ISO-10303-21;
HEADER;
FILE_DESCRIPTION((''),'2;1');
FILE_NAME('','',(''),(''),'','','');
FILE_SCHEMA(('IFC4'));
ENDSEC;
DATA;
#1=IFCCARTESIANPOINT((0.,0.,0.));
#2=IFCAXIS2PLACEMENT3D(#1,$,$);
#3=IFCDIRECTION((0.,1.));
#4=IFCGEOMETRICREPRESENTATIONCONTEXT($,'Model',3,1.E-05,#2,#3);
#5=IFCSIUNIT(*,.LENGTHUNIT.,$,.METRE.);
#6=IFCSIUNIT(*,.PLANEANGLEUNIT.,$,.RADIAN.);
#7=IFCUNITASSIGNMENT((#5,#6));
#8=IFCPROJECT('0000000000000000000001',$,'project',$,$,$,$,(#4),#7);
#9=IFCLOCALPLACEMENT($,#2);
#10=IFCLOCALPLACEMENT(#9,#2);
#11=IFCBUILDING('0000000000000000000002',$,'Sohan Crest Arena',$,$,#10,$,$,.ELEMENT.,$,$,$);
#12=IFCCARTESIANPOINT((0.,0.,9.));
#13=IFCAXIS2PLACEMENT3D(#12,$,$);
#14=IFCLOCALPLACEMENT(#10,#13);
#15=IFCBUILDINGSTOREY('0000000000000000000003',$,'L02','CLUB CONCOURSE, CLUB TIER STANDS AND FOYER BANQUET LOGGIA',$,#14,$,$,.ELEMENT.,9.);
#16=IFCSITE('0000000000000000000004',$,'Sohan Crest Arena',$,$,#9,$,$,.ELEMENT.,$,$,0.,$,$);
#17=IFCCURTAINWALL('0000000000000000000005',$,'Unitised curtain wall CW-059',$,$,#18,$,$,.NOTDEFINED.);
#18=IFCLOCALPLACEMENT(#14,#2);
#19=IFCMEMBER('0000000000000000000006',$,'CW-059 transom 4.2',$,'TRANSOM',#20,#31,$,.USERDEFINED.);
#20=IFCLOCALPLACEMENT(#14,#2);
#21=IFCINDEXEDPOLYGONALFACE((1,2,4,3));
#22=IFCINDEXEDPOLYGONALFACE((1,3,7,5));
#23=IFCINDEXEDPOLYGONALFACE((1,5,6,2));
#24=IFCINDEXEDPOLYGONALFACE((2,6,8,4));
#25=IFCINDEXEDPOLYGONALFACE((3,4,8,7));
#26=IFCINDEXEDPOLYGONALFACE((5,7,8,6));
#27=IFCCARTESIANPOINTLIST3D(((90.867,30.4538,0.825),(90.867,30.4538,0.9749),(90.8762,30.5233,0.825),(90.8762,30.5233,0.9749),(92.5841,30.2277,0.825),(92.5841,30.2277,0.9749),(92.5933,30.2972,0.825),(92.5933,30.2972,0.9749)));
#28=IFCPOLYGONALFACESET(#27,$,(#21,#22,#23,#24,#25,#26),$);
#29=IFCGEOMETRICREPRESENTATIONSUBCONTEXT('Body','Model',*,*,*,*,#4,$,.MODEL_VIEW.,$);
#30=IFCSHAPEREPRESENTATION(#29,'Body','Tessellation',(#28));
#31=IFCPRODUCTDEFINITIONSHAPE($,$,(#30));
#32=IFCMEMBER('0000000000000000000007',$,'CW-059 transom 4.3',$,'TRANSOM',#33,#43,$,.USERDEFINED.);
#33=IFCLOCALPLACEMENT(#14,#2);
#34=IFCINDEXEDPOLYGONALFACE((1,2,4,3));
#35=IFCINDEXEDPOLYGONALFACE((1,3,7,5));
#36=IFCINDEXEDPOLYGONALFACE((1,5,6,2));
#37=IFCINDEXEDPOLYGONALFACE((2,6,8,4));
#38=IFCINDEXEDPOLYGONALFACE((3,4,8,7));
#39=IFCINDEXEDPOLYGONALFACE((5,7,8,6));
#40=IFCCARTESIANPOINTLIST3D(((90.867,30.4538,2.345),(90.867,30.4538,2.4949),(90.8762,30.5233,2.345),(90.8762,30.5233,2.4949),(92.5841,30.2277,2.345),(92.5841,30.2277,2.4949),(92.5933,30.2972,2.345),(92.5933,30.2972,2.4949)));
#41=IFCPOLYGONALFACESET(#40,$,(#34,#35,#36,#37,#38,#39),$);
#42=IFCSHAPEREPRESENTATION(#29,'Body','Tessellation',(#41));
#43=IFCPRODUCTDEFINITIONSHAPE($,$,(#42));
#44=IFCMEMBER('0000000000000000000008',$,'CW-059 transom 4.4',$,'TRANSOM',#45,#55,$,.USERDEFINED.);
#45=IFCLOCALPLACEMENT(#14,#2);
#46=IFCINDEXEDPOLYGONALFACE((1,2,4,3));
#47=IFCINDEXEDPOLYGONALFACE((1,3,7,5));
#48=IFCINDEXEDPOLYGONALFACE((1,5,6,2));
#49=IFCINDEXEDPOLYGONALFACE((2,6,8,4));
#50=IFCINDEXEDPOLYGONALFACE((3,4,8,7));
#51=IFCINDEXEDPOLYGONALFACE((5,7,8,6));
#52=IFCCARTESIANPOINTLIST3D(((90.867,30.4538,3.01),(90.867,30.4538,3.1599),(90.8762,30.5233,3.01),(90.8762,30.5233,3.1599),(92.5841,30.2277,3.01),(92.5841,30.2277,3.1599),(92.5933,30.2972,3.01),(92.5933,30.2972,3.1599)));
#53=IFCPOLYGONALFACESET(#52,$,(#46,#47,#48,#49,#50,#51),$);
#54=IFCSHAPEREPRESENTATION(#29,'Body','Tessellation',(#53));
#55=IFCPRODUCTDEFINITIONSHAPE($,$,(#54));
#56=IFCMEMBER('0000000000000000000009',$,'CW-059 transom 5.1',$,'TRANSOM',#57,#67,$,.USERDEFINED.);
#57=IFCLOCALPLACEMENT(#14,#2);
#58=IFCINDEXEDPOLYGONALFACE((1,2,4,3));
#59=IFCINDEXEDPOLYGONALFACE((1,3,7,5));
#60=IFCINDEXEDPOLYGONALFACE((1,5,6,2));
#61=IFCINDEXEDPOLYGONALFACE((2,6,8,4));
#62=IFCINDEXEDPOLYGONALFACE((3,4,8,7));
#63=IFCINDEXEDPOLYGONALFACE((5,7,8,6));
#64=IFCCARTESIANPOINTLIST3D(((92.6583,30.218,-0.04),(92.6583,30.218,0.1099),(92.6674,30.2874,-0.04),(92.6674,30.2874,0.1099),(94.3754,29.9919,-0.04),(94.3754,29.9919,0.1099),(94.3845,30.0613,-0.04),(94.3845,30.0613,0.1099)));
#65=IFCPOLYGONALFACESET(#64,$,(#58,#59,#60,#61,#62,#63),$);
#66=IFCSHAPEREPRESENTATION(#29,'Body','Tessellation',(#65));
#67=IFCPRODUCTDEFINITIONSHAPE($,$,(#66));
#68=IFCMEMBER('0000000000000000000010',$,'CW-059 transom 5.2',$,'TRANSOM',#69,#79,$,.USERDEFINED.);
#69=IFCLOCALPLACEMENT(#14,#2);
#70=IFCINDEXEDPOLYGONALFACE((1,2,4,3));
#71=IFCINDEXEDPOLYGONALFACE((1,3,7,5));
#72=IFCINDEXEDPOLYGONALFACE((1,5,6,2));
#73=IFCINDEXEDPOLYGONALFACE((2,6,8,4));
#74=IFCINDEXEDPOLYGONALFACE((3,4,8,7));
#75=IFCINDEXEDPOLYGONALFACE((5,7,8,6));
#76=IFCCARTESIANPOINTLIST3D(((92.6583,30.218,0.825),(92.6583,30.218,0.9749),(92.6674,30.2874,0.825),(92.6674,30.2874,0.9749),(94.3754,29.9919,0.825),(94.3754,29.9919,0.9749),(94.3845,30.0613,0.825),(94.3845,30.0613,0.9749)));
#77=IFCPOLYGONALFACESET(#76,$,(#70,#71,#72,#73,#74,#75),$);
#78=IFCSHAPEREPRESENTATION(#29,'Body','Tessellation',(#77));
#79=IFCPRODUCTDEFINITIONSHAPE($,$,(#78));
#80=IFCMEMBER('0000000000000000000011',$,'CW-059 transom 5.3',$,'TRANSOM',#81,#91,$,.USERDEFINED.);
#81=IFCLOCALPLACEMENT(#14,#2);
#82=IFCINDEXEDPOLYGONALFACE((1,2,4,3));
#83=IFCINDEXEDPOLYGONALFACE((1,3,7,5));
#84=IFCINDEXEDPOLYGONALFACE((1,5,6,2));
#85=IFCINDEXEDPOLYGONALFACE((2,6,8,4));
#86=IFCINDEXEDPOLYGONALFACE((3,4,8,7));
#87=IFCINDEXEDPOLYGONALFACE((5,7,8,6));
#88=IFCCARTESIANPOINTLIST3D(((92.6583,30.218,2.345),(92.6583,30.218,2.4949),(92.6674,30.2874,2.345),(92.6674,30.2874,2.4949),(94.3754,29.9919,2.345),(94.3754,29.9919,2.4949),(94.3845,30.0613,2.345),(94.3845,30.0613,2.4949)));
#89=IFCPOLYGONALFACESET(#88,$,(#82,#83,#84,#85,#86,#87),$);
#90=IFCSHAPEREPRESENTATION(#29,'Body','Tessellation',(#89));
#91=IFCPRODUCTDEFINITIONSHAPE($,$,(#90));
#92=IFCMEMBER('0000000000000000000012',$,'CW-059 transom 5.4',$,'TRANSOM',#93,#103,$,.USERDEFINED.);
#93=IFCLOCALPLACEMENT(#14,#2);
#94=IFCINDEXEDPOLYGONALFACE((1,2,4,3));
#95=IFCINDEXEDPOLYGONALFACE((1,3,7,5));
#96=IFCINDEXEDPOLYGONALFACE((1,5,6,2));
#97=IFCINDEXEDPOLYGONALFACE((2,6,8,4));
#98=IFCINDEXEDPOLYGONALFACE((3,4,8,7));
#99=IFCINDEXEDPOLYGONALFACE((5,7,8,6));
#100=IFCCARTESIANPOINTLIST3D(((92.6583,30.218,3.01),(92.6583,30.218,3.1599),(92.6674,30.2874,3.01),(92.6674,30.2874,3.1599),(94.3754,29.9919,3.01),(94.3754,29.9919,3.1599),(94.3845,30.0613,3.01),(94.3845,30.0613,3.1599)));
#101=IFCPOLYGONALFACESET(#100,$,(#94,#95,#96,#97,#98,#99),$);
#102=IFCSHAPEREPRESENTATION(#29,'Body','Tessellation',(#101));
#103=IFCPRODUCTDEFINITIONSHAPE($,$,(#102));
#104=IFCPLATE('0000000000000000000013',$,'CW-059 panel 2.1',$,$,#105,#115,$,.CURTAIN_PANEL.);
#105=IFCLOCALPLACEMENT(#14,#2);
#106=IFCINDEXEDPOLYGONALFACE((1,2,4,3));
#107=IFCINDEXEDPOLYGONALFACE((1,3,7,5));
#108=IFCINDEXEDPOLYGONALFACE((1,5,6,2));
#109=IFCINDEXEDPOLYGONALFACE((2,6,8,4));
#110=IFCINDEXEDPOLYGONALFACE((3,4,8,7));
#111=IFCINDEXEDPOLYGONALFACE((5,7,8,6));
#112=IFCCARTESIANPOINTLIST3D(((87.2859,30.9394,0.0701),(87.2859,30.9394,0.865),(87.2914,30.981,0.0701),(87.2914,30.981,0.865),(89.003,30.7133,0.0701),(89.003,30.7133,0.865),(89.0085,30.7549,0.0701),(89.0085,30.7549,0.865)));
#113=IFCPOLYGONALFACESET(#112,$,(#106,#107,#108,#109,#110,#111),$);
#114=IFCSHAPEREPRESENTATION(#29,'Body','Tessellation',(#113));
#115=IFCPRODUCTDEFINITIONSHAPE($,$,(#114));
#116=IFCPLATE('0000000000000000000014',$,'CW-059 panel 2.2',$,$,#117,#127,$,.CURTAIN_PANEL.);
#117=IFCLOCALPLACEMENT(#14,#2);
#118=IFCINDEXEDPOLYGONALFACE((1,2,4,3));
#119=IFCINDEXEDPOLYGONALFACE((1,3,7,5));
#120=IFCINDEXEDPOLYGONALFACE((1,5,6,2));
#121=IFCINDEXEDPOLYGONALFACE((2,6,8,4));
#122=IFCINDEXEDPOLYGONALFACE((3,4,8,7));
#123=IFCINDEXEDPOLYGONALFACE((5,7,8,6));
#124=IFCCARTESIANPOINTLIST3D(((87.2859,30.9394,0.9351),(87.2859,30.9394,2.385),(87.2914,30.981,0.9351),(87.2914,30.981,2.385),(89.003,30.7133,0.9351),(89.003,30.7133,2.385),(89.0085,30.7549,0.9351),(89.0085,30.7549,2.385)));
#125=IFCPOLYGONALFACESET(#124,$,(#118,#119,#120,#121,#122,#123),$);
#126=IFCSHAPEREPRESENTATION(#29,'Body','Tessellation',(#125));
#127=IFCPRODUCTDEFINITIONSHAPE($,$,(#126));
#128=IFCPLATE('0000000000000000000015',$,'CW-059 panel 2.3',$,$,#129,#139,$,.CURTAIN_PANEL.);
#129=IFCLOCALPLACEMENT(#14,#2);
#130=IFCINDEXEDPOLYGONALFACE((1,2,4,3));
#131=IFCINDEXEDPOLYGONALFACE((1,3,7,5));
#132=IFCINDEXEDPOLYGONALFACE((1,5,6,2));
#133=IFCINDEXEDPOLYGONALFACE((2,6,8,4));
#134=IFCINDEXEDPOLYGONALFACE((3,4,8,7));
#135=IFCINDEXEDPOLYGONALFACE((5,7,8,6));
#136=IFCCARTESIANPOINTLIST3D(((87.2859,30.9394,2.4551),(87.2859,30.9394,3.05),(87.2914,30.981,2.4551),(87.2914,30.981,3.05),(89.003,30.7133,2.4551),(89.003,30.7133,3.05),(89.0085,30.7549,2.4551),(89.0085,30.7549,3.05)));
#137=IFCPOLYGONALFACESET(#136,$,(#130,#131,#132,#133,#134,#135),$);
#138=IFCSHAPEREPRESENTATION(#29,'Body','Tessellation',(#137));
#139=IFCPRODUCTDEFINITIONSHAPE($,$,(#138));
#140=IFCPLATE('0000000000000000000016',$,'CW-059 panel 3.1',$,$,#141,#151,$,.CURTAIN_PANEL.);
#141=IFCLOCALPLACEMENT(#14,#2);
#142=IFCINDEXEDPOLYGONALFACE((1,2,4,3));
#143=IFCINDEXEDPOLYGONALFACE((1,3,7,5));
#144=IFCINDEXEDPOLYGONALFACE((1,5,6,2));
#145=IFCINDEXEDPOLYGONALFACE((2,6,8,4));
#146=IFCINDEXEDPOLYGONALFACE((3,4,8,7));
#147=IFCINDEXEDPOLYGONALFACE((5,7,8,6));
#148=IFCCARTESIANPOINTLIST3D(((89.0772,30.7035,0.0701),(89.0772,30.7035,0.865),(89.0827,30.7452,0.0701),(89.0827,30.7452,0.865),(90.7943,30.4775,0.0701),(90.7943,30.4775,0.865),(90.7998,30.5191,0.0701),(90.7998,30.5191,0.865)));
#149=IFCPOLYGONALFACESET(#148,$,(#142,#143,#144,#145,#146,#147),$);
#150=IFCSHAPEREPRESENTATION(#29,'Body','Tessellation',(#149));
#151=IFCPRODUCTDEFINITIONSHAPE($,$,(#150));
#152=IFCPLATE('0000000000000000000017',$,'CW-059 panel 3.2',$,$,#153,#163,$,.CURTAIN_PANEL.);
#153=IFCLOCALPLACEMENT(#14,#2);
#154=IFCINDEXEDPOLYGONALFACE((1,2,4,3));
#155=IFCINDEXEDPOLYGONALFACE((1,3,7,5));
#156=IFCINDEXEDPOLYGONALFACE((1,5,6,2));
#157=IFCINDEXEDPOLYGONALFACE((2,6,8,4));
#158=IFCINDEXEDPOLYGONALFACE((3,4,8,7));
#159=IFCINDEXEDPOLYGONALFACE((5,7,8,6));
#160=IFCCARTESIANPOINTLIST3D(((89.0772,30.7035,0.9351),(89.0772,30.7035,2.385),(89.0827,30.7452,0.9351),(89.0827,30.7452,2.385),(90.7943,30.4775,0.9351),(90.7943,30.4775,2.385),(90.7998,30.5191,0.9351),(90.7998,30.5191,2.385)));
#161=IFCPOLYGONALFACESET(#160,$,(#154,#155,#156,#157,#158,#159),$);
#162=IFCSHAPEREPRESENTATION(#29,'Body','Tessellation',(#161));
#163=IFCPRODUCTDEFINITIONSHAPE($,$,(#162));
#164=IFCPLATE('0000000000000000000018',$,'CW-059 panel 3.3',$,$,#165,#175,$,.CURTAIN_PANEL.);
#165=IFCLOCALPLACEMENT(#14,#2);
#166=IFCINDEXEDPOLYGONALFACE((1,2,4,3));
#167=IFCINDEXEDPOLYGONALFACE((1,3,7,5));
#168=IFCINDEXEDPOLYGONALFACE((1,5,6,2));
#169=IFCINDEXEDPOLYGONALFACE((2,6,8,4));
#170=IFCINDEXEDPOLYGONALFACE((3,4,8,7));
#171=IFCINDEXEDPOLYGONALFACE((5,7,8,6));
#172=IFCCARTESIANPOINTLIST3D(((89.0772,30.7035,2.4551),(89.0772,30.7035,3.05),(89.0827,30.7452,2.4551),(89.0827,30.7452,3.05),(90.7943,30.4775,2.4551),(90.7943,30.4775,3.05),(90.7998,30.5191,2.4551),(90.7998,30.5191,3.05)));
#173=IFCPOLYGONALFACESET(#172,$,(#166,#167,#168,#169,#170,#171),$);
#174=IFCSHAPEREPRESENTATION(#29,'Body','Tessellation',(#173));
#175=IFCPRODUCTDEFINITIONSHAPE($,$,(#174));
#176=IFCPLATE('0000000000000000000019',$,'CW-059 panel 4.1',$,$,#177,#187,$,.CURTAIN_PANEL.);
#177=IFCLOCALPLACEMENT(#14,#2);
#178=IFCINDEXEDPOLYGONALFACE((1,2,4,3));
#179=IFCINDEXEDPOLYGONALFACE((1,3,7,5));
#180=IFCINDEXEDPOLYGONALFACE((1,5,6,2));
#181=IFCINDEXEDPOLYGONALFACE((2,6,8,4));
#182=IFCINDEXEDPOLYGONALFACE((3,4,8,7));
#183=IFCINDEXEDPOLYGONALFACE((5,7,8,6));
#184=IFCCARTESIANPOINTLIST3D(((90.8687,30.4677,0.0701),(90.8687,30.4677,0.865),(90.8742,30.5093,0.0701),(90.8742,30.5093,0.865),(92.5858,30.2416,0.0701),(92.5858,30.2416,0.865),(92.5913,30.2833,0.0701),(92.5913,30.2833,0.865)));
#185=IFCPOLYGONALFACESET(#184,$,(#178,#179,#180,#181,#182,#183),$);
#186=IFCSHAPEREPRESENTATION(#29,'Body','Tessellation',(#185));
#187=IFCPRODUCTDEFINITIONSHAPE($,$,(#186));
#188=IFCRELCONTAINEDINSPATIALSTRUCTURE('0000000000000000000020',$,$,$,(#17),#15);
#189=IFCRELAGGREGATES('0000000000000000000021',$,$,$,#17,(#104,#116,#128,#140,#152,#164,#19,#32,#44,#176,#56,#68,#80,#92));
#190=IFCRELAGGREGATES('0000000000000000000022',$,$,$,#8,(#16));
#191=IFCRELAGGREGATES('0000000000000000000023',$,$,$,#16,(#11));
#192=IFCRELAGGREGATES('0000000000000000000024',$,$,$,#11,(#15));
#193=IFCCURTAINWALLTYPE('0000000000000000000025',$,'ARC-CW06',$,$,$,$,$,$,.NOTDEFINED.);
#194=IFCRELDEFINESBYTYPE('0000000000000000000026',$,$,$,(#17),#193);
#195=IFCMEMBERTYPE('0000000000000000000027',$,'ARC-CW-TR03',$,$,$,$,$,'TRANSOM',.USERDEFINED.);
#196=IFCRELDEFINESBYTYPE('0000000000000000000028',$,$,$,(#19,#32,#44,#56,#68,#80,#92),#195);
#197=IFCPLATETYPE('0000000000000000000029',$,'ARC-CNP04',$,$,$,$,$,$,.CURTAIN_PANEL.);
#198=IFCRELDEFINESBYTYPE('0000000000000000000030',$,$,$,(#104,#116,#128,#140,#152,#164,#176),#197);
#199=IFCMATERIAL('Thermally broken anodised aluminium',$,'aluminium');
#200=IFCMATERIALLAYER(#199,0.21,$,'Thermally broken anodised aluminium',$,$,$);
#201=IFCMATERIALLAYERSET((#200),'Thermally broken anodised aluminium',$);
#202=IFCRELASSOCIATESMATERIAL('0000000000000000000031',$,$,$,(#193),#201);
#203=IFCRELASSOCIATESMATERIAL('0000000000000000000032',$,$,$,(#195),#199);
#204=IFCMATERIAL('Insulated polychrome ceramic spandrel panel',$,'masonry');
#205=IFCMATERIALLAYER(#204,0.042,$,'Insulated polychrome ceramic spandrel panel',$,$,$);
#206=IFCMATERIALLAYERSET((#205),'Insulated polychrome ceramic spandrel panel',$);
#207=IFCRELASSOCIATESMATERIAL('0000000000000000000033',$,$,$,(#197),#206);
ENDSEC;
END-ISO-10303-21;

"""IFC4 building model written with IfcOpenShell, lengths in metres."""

from ifc_helpers import new_model, si_unit, direction, frame, origin, origin_2d, place, context, subcontext, project, spatial, rectangle, extrude, material, layer, layer_set, material_profile, profile_set, type_object, element, aggregate, save


model = new_model("IFC4")

# Units and contexts
model_context = context("Model", 3, precision=1e-05, world=origin(), true_north=direction((0.0, 1.0)))
body_context = subcontext(model_context, "Body", "Model", "MODEL_VIEW")
ifc_project = project(units=[si_unit("LENGTHUNIT", "METRE"), si_unit("PLANEANGLEUNIT", "RADIAN")], contexts=[model_context])

# Site, building, storey
site_placement = place(None, origin())
site = spatial("IfcSite", under=ifc_project, at=site_placement, Name="Sohan Crest Arena", CompositionType="ELEMENT", RefElevation=0.0)
building_placement = place(site_placement, origin())
building = spatial("IfcBuilding", under=site, at=building_placement, Name="Sohan Crest Arena", CompositionType="ELEMENT")
storey_placement = place(building_placement, frame((0.0, 0.0, 9.0)))
storey = spatial("IfcBuildingStorey", under=building, at=storey_placement, Name="L02", Description="CLUB CONCOURSE, CLUB TIER STANDS AND FOYER BANQUET LOGGIA", CompositionType="ELEMENT", Elevation=9.0)

# Curtain wall, members, plates
ifc_material_1 = material(Name="Thermally broken anodised aluminium", Category="aluminium")
ifc_layer_1 = layer(ifc_material_1, 0.21, Name="Thermally broken anodised aluminium")
ifc_layer_set_1 = layer_set([ifc_layer_1], Name="Thermally broken anodised aluminium")
curtain_wall_type = type_object("IfcCurtainWallType", Name="ARC-CW06", PredefinedType="NOTDEFINED", material=ifc_layer_set_1)
curtain_wall_placement = place(storey_placement, origin())
curtain_wall = element("IfcCurtainWall", 1, at=curtain_wall_placement, inside=storey, type_object=curtain_wall_type, Name="Unitised curtain wall CW-059", PredefinedType="NOTDEFINED")
ifc_material_profile_1 = material_profile(ifc_material_1, rectangle(XDim=0.0701, YDim=0.1499, at=origin_2d()), Name="ALU-TRAN 70x150")
ifc_profile_set_1 = profile_set([ifc_material_profile_1], Name="Thermally broken anodised aluminium")
member_type_1 = type_object("IfcMemberType", Name="ARC-CW-TR03", ElementType="TRANSOM", PredefinedType="USERDEFINED", material=ifc_profile_set_1)
member_1_placement = place(storey_placement, frame((90.8716, 30.4885, 0.8999), z_axis=(0.991443, -0.130538, 0.0), x_axis=(0.130538, 0.991443, 0.0)))
member_1 = element("IfcMember", 2, at=member_1_placement, type_object=member_type_1, Name="CW-059 transom 4.2", ObjectType="TRANSOM", PredefinedType="USERDEFINED", context=body_context, shape_type="SweptSolid", body=[
    extrude(rectangle(XDim=0.0701, YDim=0.1499, at=origin_2d()), origin(), (0.0, 0.0, 1.0), 1.7319),
])
member_2_placement = place(storey_placement, frame((90.8716, 30.4885, 2.4199), z_axis=(0.991443, -0.130538, 0.0), x_axis=(0.130538, 0.991443, 0.0)))
member_2 = element("IfcMember", 3, at=member_2_placement, type_object=member_type_1, Name="CW-059 transom 4.3", ObjectType="TRANSOM", PredefinedType="USERDEFINED", context=body_context, shape_type="SweptSolid", body=[
    extrude(rectangle(XDim=0.0701, YDim=0.1499, at=origin_2d()), origin(), (0.0, 0.0, 1.0), 1.7319),
])
member_3_placement = place(storey_placement, frame((90.8716, 30.4885, 3.085), z_axis=(0.991443, -0.130538, 0.0), x_axis=(0.130538, 0.991443, 0.0)))
member_3 = element("IfcMember", 4, at=member_3_placement, type_object=member_type_1, Name="CW-059 transom 4.4", ObjectType="TRANSOM", PredefinedType="USERDEFINED", context=body_context, shape_type="SweptSolid", body=[
    extrude(rectangle(XDim=0.0701, YDim=0.1499, at=origin_2d()), origin(), (0.0, 0.0, 1.0), 1.7319),
])
member_4_placement = place(storey_placement, frame((92.6628, 30.2527, 0.0349), z_axis=(0.991443, -0.130538, 0.0), x_axis=(0.130538, 0.991443, 0.0)))
member_4 = element("IfcMember", 5, at=member_4_placement, type_object=member_type_1, Name="CW-059 transom 5.1", ObjectType="TRANSOM", PredefinedType="USERDEFINED", context=body_context, shape_type="SweptSolid", body=[
    extrude(rectangle(XDim=0.0701, YDim=0.1499, at=origin_2d()), origin(), (0.0, 0.0, 1.0), 1.7319),
])
member_5_placement = place(storey_placement, frame((92.6628, 30.2527, 0.8999), z_axis=(0.991443, -0.130538, 0.0), x_axis=(0.130538, 0.991443, 0.0)))
member_5 = element("IfcMember", 6, at=member_5_placement, type_object=member_type_1, Name="CW-059 transom 5.2", ObjectType="TRANSOM", PredefinedType="USERDEFINED", context=body_context, shape_type="SweptSolid", body=[
    extrude(rectangle(XDim=0.0701, YDim=0.1499, at=origin_2d()), origin(), (0.0, 0.0, 1.0), 1.7319),
])
member_6_placement = place(storey_placement, frame((92.6628, 30.2527, 2.4199), z_axis=(0.991443, -0.130538, 0.0), x_axis=(0.130538, 0.991443, 0.0)))
member_6 = element("IfcMember", 7, at=member_6_placement, type_object=member_type_1, Name="CW-059 transom 5.3", ObjectType="TRANSOM", PredefinedType="USERDEFINED", context=body_context, shape_type="SweptSolid", body=[
    extrude(rectangle(XDim=0.0701, YDim=0.1499, at=origin_2d()), origin(), (0.0, 0.0, 1.0), 1.7319),
])
member_7_placement = place(storey_placement, frame((92.6628, 30.2527, 3.085), z_axis=(0.991443, -0.130538, 0.0), x_axis=(0.130538, 0.991443, 0.0)))
member_7 = element("IfcMember", 8, at=member_7_placement, type_object=member_type_1, Name="CW-059 transom 5.4", ObjectType="TRANSOM", PredefinedType="USERDEFINED", context=body_context, shape_type="SweptSolid", body=[
    extrude(rectangle(XDim=0.0701, YDim=0.1499, at=origin_2d()), origin(), (0.0, 0.0, 1.0), 1.7319),
])
ifc_material_2 = material(Name="Insulated polychrome ceramic spandrel panel", Category="masonry")
ifc_layer_2 = layer(ifc_material_2, 0.042, Name="Insulated polychrome ceramic spandrel panel")
ifc_layer_set_2 = layer_set([ifc_layer_2], Name="Insulated polychrome ceramic spandrel panel")
plate_type = type_object("IfcPlateType", Name="ARC-CNP04", PredefinedType="CURTAIN_PANEL", material=ifc_layer_set_2)
plate_1_placement = place(storey_placement, frame((88.1472, 30.8472, 0.0701), z_axis=(0.0, 0.0, 1.0), x_axis=(0.991444, -0.130532, 0.0)))
plate_1 = element("IfcPlate", 9, at=plate_1_placement, type_object=plate_type, Name="CW-059 panel 2.1", PredefinedType="CURTAIN_PANEL", context=body_context, shape_type="SweptSolid", body=[
    extrude(rectangle(XDim=1.7319, YDim=0.042, at=origin_2d()), origin(), (0.0, 0.0, 1.0), 0.7949),
])
plate_2_placement = place(storey_placement, frame((88.1472, 30.8472, 0.9351), z_axis=(0.0, 0.0, 1.0), x_axis=(0.991444, -0.130532, 0.0)))
plate_2 = element("IfcPlate", 10, at=plate_2_placement, type_object=plate_type, Name="CW-059 panel 2.2", PredefinedType="CURTAIN_PANEL", context=body_context, shape_type="SweptSolid", body=[
    extrude(rectangle(XDim=1.7319, YDim=0.042, at=origin_2d()), origin(), (0.0, 0.0, 1.0), 1.45),
])
plate_3_placement = place(storey_placement, frame((88.1472, 30.8472, 2.4551), z_axis=(0.0, 0.0, 1.0), x_axis=(0.991444, -0.130532, 0.0)))
plate_3 = element("IfcPlate", 11, at=plate_3_placement, type_object=plate_type, Name="CW-059 panel 2.3", PredefinedType="CURTAIN_PANEL", context=body_context, shape_type="SweptSolid", body=[
    extrude(rectangle(XDim=1.7319, YDim=0.042, at=origin_2d()), origin(), (0.0, 0.0, 1.0), 0.595),
])
plate_4_placement = place(storey_placement, frame((89.9385, 30.6113, 0.0701), z_axis=(0.0, 0.0, 1.0), x_axis=(0.991444, -0.130532, 0.0)))
plate_4 = element("IfcPlate", 12, at=plate_4_placement, type_object=plate_type, Name="CW-059 panel 3.1", PredefinedType="CURTAIN_PANEL", context=body_context, shape_type="SweptSolid", body=[
    extrude(rectangle(XDim=1.7319, YDim=0.042, at=origin_2d()), origin(), (0.0, 0.0, 1.0), 0.7949),
])
plate_5_placement = place(storey_placement, frame((89.9385, 30.6113, 0.9351), z_axis=(0.0, 0.0, 1.0), x_axis=(0.991444, -0.130532, 0.0)))
plate_5 = element("IfcPlate", 13, at=plate_5_placement, type_object=plate_type, Name="CW-059 panel 3.2", PredefinedType="CURTAIN_PANEL", context=body_context, shape_type="SweptSolid", body=[
    extrude(rectangle(XDim=1.7319, YDim=0.042, at=origin_2d()), origin(), (0.0, 0.0, 1.0), 1.45),
])
plate_6_placement = place(storey_placement, frame((89.9385, 30.6113, 2.4551), z_axis=(0.0, 0.0, 1.0), x_axis=(0.991444, -0.130532, 0.0)))
plate_6 = element("IfcPlate", 14, at=plate_6_placement, type_object=plate_type, Name="CW-059 panel 3.3", PredefinedType="CURTAIN_PANEL", context=body_context, shape_type="SweptSolid", body=[
    extrude(rectangle(XDim=1.7319, YDim=0.042, at=origin_2d()), origin(), (0.0, 0.0, 1.0), 0.595),
])
plate_7_placement = place(storey_placement, frame((91.73, 30.3755, 0.0701), z_axis=(0.0, 0.0, 1.0), x_axis=(0.991444, -0.130532, 0.0)))
plate_7 = element("IfcPlate", 15, at=plate_7_placement, type_object=plate_type, Name="CW-059 panel 4.1", PredefinedType="CURTAIN_PANEL", context=body_context, shape_type="SweptSolid", body=[
    extrude(rectangle(XDim=1.7319, YDim=0.042, at=origin_2d()), origin(), (0.0, 0.0, 1.0), 0.7949),
])
aggregate(curtain_wall, [plate_1, plate_2, plate_3, plate_4, plate_5, plate_6, member_1, member_2, member_3, plate_7, member_4, member_5, member_6, member_7])

save(model, "model.ifc")
